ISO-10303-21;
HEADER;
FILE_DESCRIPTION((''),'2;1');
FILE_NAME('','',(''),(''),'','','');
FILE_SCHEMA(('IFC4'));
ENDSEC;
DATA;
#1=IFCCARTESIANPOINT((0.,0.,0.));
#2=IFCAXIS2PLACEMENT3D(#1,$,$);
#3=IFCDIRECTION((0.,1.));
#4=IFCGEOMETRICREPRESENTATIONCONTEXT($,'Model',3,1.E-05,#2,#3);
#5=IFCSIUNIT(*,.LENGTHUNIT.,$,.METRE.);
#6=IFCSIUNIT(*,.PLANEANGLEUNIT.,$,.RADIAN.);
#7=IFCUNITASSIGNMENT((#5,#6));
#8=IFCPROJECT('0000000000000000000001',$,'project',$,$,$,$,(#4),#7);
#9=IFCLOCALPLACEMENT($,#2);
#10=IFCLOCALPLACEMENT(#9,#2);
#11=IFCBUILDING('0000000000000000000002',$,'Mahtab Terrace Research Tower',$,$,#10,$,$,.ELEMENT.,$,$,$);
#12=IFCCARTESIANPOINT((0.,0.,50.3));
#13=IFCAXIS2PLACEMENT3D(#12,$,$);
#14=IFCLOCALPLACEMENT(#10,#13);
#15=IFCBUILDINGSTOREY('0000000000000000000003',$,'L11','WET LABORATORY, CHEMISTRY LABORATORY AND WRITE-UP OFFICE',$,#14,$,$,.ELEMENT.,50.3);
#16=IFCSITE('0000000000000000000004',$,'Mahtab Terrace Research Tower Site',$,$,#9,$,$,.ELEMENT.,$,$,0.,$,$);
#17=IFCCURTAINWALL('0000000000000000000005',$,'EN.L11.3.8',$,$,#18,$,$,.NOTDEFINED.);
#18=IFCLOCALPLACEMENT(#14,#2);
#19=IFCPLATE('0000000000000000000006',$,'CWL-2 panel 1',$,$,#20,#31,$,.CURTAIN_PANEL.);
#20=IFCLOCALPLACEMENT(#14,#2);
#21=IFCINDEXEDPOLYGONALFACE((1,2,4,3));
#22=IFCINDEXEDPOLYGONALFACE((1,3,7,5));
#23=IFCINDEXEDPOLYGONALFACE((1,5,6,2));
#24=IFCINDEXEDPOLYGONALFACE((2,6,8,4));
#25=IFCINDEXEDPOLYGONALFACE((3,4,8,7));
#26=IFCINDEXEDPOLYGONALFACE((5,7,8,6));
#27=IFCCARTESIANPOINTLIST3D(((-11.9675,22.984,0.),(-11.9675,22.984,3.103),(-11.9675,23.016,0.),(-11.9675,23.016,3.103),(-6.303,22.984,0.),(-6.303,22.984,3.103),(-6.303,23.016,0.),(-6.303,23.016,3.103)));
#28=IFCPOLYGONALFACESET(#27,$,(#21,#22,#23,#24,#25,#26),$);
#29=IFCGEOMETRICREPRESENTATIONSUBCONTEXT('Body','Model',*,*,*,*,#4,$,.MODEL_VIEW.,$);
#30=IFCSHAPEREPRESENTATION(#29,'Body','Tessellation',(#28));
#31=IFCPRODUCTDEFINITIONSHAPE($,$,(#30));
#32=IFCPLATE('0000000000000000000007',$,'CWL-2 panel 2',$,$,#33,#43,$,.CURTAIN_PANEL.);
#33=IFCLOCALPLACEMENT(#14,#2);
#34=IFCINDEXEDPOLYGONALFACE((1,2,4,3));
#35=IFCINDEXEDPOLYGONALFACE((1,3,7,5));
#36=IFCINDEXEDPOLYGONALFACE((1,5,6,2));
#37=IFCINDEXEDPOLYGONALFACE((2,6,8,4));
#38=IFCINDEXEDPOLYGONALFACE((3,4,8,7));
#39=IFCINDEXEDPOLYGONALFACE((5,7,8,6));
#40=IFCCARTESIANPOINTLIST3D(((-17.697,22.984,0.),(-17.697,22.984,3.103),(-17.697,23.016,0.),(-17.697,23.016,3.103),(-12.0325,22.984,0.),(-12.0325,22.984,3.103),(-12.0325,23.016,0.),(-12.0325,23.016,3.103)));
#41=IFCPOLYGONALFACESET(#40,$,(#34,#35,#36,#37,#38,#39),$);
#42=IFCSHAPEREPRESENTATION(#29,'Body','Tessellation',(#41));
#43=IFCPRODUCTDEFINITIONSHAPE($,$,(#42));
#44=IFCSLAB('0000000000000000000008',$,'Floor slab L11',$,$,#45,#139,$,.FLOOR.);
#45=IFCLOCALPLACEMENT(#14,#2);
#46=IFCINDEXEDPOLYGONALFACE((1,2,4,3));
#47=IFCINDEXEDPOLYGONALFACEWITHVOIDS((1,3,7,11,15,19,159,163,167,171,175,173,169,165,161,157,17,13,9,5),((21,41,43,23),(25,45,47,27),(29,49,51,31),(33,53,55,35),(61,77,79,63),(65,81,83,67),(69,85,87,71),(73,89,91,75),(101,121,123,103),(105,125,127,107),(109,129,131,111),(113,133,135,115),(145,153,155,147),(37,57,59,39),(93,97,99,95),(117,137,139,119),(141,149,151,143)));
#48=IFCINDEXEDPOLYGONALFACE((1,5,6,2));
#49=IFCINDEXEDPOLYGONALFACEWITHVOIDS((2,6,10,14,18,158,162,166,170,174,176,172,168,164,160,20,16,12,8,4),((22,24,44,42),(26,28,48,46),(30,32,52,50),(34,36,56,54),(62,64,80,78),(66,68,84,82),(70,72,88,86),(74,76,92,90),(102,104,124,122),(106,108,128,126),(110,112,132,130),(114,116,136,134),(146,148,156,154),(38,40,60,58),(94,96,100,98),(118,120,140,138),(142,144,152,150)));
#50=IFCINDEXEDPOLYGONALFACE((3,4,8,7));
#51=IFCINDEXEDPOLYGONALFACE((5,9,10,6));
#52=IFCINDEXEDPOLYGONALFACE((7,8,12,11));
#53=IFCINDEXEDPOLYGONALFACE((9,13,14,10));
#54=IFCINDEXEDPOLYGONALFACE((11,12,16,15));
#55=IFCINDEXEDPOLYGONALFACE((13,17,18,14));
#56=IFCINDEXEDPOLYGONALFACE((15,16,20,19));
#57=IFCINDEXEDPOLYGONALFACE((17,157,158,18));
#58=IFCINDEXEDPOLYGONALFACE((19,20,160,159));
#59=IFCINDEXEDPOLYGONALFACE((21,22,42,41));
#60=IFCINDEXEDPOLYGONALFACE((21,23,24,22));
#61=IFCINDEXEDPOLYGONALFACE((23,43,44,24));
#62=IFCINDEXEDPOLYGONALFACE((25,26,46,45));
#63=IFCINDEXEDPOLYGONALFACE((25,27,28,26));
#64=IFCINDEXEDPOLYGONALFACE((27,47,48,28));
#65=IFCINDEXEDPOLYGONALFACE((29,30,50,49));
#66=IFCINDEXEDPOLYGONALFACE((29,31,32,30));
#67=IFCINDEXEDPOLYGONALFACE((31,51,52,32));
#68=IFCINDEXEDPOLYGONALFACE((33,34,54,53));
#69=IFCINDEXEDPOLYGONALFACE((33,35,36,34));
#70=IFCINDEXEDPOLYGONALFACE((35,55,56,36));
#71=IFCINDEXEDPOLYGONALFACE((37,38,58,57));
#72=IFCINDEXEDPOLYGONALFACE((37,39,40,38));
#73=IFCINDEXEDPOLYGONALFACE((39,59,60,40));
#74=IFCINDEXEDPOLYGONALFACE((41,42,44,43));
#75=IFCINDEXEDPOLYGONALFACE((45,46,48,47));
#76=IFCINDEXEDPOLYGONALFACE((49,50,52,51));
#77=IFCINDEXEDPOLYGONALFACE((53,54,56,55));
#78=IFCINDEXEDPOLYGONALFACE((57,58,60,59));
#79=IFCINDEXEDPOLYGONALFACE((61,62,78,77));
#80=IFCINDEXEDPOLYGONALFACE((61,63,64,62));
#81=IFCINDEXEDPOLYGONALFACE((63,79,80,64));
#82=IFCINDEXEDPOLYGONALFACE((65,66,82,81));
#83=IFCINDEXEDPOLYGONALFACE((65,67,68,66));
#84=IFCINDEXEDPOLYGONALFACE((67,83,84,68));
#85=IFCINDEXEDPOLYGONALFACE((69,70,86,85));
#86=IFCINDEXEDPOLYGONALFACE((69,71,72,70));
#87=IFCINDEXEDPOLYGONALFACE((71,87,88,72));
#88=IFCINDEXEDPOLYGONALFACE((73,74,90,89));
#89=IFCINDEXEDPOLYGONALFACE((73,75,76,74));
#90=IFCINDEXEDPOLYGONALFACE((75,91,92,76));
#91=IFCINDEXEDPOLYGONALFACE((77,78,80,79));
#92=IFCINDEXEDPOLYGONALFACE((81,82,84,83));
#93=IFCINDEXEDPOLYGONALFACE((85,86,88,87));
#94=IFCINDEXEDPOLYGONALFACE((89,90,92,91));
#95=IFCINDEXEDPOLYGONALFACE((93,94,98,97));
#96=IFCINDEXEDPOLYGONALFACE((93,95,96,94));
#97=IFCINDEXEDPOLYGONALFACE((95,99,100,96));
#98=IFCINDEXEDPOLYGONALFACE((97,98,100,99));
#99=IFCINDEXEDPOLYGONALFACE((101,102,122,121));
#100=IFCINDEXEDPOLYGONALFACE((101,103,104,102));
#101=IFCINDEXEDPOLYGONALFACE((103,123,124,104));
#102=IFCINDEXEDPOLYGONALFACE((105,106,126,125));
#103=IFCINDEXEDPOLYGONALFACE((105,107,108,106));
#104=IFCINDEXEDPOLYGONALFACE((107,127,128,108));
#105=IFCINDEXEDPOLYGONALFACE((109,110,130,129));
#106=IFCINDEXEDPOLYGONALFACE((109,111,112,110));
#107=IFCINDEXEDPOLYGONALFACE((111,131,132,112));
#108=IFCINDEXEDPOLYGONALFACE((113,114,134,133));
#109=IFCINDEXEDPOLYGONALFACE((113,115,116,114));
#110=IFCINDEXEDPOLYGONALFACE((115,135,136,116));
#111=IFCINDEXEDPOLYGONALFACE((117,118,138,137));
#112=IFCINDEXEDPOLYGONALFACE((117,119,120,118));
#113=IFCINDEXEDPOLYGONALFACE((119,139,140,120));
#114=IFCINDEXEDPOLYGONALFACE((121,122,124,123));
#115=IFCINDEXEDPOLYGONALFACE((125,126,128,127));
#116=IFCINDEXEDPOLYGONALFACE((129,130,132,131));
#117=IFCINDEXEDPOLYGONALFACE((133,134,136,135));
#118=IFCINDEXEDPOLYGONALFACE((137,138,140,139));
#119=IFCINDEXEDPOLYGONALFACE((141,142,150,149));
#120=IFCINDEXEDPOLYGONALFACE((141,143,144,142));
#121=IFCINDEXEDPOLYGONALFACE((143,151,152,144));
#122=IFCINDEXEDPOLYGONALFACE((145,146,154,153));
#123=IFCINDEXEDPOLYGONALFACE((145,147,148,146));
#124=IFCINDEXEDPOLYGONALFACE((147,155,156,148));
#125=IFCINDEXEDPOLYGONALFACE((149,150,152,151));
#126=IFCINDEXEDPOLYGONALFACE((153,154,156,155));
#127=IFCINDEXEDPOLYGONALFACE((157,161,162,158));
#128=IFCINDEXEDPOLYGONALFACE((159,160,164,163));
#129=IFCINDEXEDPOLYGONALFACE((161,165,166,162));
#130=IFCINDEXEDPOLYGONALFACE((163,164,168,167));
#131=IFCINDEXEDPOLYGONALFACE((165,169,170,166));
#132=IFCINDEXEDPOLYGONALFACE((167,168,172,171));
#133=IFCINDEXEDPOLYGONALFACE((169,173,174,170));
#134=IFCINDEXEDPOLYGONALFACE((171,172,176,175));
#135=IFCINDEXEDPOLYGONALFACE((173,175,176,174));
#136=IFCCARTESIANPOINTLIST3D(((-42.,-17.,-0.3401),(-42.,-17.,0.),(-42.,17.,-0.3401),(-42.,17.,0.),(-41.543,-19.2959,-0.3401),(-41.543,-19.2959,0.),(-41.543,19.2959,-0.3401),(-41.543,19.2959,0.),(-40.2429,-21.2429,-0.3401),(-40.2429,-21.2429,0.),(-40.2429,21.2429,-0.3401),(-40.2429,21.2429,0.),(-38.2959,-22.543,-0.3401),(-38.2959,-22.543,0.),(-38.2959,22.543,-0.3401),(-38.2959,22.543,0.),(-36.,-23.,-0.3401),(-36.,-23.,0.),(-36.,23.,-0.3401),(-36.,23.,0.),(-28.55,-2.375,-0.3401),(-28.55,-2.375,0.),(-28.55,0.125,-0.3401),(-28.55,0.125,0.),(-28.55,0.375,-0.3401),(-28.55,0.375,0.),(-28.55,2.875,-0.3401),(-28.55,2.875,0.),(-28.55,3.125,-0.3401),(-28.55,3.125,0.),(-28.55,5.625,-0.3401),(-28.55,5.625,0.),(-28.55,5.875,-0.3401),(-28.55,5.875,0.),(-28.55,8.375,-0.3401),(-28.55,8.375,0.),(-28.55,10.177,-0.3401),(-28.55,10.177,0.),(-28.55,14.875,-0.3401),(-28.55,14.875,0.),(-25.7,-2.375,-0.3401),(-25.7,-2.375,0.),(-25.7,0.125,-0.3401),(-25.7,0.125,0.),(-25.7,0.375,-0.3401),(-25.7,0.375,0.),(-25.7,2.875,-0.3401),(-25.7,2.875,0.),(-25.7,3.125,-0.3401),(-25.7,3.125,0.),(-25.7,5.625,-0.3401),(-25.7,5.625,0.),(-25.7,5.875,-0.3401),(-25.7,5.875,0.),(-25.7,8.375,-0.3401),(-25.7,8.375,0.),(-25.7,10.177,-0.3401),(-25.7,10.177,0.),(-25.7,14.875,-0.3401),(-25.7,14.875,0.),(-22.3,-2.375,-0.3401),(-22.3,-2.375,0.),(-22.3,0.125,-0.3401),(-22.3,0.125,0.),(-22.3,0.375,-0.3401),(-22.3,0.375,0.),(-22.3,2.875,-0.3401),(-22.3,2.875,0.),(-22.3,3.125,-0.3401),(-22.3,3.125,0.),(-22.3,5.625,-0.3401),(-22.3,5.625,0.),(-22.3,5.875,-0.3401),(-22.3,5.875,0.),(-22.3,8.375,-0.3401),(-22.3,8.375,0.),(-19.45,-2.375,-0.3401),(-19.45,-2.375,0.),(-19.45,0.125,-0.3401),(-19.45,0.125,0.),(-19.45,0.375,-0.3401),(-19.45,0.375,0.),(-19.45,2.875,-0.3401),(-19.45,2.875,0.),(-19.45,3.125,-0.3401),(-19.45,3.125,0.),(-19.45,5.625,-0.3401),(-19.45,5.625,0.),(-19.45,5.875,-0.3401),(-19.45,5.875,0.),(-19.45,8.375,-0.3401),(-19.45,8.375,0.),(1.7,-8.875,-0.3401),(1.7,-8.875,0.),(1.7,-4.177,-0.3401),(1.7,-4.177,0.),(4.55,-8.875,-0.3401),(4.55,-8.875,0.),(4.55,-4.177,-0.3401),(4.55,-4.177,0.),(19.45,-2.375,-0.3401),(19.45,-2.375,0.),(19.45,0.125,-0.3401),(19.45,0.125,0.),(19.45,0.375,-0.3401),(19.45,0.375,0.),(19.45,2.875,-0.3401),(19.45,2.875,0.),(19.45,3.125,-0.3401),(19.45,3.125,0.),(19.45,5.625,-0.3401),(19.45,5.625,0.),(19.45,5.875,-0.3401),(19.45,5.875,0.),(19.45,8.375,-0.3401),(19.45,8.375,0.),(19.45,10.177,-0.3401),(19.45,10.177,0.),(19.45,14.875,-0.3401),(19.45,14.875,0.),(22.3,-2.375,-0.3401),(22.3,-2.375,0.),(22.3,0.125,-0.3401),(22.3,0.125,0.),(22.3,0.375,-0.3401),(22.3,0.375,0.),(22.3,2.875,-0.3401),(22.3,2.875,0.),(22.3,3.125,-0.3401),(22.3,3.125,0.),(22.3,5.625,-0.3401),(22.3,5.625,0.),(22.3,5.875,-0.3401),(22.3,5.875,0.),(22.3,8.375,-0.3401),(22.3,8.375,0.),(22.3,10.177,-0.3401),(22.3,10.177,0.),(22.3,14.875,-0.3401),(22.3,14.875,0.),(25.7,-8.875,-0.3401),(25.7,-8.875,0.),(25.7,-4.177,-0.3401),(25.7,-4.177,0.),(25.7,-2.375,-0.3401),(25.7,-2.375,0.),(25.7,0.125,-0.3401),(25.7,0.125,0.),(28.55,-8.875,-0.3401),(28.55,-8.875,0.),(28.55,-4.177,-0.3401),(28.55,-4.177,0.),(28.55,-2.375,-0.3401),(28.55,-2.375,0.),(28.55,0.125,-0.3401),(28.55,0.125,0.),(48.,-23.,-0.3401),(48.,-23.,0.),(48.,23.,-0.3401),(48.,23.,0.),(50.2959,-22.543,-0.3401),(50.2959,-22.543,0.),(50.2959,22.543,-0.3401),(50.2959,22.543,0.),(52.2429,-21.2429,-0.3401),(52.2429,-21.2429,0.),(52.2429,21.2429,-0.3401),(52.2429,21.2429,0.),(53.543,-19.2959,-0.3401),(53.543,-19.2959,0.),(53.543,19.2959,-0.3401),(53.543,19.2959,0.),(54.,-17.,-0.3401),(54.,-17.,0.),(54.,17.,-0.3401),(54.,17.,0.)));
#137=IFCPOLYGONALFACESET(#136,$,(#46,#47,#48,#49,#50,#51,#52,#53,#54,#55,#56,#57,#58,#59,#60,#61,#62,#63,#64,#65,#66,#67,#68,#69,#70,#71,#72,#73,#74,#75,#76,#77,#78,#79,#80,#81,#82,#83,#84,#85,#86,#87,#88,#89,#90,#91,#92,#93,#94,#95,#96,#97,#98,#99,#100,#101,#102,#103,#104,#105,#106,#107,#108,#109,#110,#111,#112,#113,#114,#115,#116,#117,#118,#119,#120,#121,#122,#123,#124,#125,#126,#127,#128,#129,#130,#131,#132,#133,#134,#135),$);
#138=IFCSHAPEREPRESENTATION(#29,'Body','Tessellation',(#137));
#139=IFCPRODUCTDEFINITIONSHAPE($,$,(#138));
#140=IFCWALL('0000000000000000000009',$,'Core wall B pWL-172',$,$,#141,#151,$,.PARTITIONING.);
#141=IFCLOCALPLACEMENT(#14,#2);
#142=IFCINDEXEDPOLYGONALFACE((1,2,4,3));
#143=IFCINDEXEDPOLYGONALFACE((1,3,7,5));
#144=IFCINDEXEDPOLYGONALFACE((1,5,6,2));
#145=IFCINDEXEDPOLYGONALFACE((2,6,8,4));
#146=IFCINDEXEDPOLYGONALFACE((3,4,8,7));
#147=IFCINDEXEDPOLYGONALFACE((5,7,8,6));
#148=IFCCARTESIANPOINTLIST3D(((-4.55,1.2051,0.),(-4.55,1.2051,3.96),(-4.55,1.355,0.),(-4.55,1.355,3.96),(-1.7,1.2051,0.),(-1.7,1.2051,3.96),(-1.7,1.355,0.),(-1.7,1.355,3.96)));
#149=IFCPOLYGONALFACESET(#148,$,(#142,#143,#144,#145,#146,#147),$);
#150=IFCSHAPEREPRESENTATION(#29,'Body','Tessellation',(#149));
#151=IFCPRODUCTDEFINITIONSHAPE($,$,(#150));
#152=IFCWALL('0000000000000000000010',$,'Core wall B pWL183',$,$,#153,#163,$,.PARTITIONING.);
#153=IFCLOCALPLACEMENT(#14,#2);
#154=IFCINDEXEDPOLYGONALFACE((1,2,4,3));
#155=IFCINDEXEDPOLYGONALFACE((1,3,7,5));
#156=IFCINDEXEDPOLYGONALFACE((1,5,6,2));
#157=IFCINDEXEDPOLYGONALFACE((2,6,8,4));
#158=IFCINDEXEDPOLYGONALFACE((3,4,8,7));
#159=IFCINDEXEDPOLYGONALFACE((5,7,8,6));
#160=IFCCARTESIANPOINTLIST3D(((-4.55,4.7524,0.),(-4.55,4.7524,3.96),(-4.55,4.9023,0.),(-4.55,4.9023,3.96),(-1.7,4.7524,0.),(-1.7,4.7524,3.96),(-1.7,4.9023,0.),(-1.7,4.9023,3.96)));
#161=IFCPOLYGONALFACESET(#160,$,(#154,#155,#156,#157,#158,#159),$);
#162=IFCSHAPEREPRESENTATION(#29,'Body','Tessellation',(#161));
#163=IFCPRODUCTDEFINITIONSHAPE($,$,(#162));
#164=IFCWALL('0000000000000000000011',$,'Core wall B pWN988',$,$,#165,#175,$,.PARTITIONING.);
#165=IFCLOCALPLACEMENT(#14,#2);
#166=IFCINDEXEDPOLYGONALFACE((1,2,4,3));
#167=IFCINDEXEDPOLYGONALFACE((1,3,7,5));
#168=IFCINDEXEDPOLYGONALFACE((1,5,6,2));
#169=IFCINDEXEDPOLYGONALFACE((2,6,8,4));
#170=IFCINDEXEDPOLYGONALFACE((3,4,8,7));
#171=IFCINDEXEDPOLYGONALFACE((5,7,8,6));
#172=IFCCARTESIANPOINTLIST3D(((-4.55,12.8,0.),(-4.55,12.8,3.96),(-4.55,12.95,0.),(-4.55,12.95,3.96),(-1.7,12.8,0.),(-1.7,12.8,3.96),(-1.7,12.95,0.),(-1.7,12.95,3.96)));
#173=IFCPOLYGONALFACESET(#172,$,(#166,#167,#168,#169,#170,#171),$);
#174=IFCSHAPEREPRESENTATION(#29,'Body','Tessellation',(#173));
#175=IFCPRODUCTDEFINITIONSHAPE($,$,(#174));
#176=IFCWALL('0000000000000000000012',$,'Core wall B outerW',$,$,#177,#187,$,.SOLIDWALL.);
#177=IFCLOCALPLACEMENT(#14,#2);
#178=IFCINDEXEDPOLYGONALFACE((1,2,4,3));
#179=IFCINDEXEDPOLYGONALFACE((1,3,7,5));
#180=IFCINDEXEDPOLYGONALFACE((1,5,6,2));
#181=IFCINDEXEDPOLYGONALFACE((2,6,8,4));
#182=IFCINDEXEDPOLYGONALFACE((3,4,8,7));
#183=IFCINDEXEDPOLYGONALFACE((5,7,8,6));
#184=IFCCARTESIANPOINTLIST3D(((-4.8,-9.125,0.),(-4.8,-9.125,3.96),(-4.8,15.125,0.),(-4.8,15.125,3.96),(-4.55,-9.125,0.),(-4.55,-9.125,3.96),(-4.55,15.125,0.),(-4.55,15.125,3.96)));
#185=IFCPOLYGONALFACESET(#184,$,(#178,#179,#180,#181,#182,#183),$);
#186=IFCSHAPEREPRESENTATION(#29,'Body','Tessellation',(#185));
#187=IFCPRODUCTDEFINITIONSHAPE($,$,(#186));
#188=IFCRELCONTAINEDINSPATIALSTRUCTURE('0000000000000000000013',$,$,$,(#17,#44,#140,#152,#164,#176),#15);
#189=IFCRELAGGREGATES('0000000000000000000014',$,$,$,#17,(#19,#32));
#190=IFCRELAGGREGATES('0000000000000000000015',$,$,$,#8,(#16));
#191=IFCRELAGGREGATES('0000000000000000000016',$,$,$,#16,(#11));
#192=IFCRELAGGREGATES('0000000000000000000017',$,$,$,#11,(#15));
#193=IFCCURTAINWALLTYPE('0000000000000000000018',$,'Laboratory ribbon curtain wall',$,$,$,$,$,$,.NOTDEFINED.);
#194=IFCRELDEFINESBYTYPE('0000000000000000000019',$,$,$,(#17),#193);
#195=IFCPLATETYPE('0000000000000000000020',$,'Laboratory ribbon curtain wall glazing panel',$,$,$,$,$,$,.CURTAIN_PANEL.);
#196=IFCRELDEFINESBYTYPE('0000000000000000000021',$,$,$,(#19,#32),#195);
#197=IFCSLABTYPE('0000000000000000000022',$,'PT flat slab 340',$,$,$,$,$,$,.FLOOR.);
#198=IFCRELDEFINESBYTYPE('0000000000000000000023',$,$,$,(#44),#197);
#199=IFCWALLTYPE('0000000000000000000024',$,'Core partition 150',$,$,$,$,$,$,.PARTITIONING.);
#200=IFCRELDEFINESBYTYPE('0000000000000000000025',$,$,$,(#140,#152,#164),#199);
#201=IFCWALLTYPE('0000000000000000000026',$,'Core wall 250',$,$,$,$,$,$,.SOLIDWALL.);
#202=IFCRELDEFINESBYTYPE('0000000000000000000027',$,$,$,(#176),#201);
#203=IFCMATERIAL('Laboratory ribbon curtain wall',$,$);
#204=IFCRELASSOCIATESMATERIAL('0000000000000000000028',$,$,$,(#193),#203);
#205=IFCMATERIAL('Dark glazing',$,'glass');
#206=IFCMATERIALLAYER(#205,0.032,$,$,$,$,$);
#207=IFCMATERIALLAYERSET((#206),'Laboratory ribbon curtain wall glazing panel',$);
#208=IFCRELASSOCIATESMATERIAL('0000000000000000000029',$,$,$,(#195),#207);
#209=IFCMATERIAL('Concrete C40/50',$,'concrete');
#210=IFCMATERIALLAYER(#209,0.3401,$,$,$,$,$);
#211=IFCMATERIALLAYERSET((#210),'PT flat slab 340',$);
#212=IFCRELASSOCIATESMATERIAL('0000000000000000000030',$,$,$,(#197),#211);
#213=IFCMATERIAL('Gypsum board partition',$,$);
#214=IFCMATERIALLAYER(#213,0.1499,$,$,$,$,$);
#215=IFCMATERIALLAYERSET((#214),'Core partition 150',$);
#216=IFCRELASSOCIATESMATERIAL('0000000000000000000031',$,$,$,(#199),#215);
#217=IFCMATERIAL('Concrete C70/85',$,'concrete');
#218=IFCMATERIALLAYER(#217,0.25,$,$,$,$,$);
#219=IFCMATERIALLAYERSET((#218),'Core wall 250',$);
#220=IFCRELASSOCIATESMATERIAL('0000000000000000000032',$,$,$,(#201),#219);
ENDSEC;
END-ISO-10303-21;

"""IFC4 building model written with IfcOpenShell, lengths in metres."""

from ifc_helpers import new_model, si_unit, direction, frame, frame_2d, origin, origin_2d, place, context, subcontext, project, spatial, polyline, rectangle, outline, extrude, material, layer, layer_set, type_object, element, aggregate, save


model = new_model("IFC4")

# Units and contexts
model_context = context("Model", 3, precision=1e-05, world=origin(), true_north=direction((0.0, 1.0)))
body_context = subcontext(model_context, "Body", "Model", "MODEL_VIEW")
ifc_project = project(units=[si_unit("LENGTHUNIT", "METRE"), si_unit("PLANEANGLEUNIT", "RADIAN")], contexts=[model_context])

# Site, building, storey
site_placement = place(None, origin())
site = spatial("IfcSite", under=ifc_project, at=site_placement, Name="Mahtab Terrace Research Tower Site", CompositionType="ELEMENT", RefElevation=0.0)
building_placement = place(site_placement, origin())
building = spatial("IfcBuilding", under=site, at=building_placement, Name="Mahtab Terrace Research Tower", CompositionType="ELEMENT")
storey_placement = place(building_placement, frame((0.0, 0.0, 50.3)))
storey = spatial("IfcBuildingStorey", under=building, at=storey_placement, Name="L11", Description="WET LABORATORY, CHEMISTRY LABORATORY AND WRITE-UP OFFICE", CompositionType="ELEMENT", Elevation=50.3)

# Shared definitions
ifc_material_1 = material(Name="Concrete C70/85", Category="concrete")

# Curtain wall
ifc_material_2 = material(Name="Laboratory ribbon curtain wall")
curtain_wall_type = type_object("IfcCurtainWallType", Name="Laboratory ribbon curtain wall", PredefinedType="NOTDEFINED", material=ifc_material_2)
curtain_wall_placement = place(storey_placement, origin())
curtain_wall = element("IfcCurtainWall", 1, at=curtain_wall_placement, inside=storey, type_object=curtain_wall_type, Name="EN.L11.3.8", PredefinedType="NOTDEFINED")

# Plates
ifc_material_3 = material(Name="Dark glazing", Category="glass")
ifc_layer_1 = layer(ifc_material_3, 0.032)
ifc_layer_set_1 = layer_set([ifc_layer_1], Name="Laboratory ribbon curtain wall glazing panel")
plate_type = type_object("IfcPlateType", Name="Laboratory ribbon curtain wall glazing panel", PredefinedType="CURTAIN_PANEL", material=ifc_layer_set_1)
plate_1_placement = place(storey_placement, frame((-9.1353, 23.0, 0.0), z_axis=(0.0, 0.0, 1.0), x_axis=(-1.0, 0.0, 0.0)))
plate_1 = element("IfcPlate", 2, at=plate_1_placement, type_object=plate_type, Name="CWL-2 panel 1", PredefinedType="CURTAIN_PANEL", context=body_context, shape_type="SweptSolid", body=[
    extrude(rectangle(XDim=5.6646, YDim=0.032, at=origin_2d()), origin(), (0.0, 0.0, 1.0), 3.103),
])
plate_2_placement = place(storey_placement, frame((-14.8647, 23.0, 0.0), z_axis=(0.0, 0.0, 1.0), x_axis=(-1.0, 0.0, 0.0)))
plate_2 = element("IfcPlate", 3, at=plate_2_placement, type_object=plate_type, Name="CWL-2 panel 2", PredefinedType="CURTAIN_PANEL", context=body_context, shape_type="SweptSolid", body=[
    extrude(rectangle(XDim=5.6646, YDim=0.032, at=origin_2d()), origin(), (0.0, 0.0, 1.0), 3.103),
])
aggregate(curtain_wall, [plate_1, plate_2])

# Slab
ifc_material_4 = material(Name="Concrete C40/50", Category="concrete")
ifc_layer_2 = layer(ifc_material_4, 0.3401)
ifc_layer_set_2 = layer_set([ifc_layer_2], Name="PT flat slab 340")
slab_type = type_object("IfcSlabType", Name="PT flat slab 340", PredefinedType="FLOOR", material=ifc_layer_set_2)
slab_placement = place(storey_placement, frame((0.0, 0.0, -0.3401)))
element("IfcSlab", 4, at=slab_placement, inside=storey, type_object=slab_type, Name="Floor slab L11", PredefinedType="FLOOR", context=body_context, shape_type="SweptSolid", body=[
    extrude(outline(polyline([(53.543, 19.2959), (52.2429, 21.2429), (50.2959, 22.543), (48.0, 23.0), (-36.0, 23.0), (-38.2959, 22.543), (-40.2429, 21.2429), (-41.543, 19.2959), (-42.0, 17.0), (-42.0, -17.0), (-41.543, -19.2959), (-40.2429, -21.2429), (-38.2959, -22.543), (-36.0, -23.0), (48.0, -23.0), (50.2959, -22.543), (52.2429, -21.2429), (53.543, -19.2959), (54.0, -17.0), (54.0, 17.0), (53.543, 19.2959)]), holes=[polyline([(-28.55, -2.375), (-28.55, 0.125), (-25.7, 0.125), (-25.7, -2.375), (-28.55, -2.375)]), polyline([(-22.3, -2.375), (-22.3, 0.125), (-19.45, 0.125), (-19.45, -2.375), (-22.3, -2.375)]), polyline([(-28.55, 0.375), (-28.55, 2.875), (-25.7, 2.875), (-25.7, 0.375), (-28.55, 0.375)]), polyline([(-22.3, 0.375), (-22.3, 2.875), (-19.45, 2.875), (-19.45, 0.375), (-22.3, 0.375)]), polyline([(-28.55, 3.125), (-28.55, 5.625), (-25.7, 5.625), (-25.7, 3.125), (-28.55, 3.125)]), polyline([(-22.3, 3.125), (-22.3, 5.625), (-19.45, 5.625), (-19.45, 3.125), (-22.3, 3.125)]), polyline([(-28.55, 5.875), (-28.55, 8.375), (-25.7, 8.375), (-25.7, 5.875), (-28.55, 5.875)]), polyline([(-22.3, 5.875), (-22.3, 8.375), (-19.45, 8.375), (-19.45, 5.875), (-22.3, 5.875)]), polyline([(-28.55, 10.177), (-28.55, 14.875), (-25.7, 14.875), (-25.7, 10.177), (-28.55, 10.177)]), polyline([(1.7, -8.875), (1.7, -4.177), (4.55, -4.177), (4.55, -8.875), (1.7, -8.875)]), polyline([(25.7, -8.875), (25.7, -4.177), (28.55, -4.177), (28.55, -8.875), (25.7, -8.875)]), polyline([(19.45, -2.375), (19.45, 0.125), (22.3, 0.125), (22.3, -2.375), (19.45, -2.375)]), polyline([(25.7, -2.375), (25.7, 0.125), (28.55, 0.125), (28.55, -2.375), (25.7, -2.375)]), polyline([(19.45, 0.375), (19.45, 2.875), (22.3, 2.875), (22.3, 0.375), (19.45, 0.375)]), polyline([(19.45, 3.125), (19.45, 5.625), (22.3, 5.625), (22.3, 3.125), (19.45, 3.125)]), polyline([(19.45, 8.375), (22.3, 8.375), (22.3, 5.875), (19.45, 5.875), (19.45, 8.375)]), polyline([(19.45, 14.875), (22.3, 14.875), (22.3, 10.177), (19.45, 10.177), (19.45, 14.875)])]), origin(), (0.0, 0.0, 1.0), 0.3401),
])

# Walls
ifc_material_5 = material(Name="Gypsum board partition")
ifc_layer_3 = layer(ifc_material_5, 0.1499)
ifc_layer_set_3 = layer_set([ifc_layer_3], Name="Core partition 150")
wall_type_1 = type_object("IfcWallType", Name="Core partition 150", PredefinedType="PARTITIONING", material=ifc_layer_set_3)
for number, where, z_axis, x_axis, name in (
    (5, (-4.55, 1.28, 0.0), (0.0, 0.0, 1.0), (1.0, 0.0, 0.0), "Core wall B pWL-172"),
    (6, (-4.55, 4.8274, 0.0), (0.0, 0.0, 1.0), (1.0, 0.0, 0.0), "Core wall B pWL183"),
    (7, (-4.55, 12.875, 0.0), (0.0, 0.0, 1.0), (1.0, 0.0, 0.0), "Core wall B pWN988"),
):
    element("IfcWall", number, at=place(storey_placement, frame(where, z_axis=z_axis, x_axis=x_axis)), inside=storey, type_object=wall_type_1, Name=name, PredefinedType="PARTITIONING", context=body_context, shape_type="SweptSolid", body=[
        extrude(rectangle(XDim=2.8501, YDim=0.1499, at=frame_2d((1.425, 0.0))), origin(), (0.0, 0.0, 1.0), 3.96),
    ])
ifc_layer_4 = layer(ifc_material_1, 0.25)
ifc_layer_set_4 = layer_set([ifc_layer_4], Name="Core wall 250")
wall_type_2 = type_object("IfcWallType", Name="Core wall 250", PredefinedType="SOLIDWALL", material=ifc_layer_set_4)
wall_1_placement = place(storey_placement, frame((-4.675, 15.125, 0.0), z_axis=(0.0, 0.0, 1.0), x_axis=(0.0, -1.0, 0.0)))
element("IfcWall", 8, at=wall_1_placement, inside=storey, type_object=wall_type_2, Name="Core wall B outerW", PredefinedType="SOLIDWALL", context=body_context, shape_type="SweptSolid", body=[
    extrude(rectangle(XDim=24.25, YDim=0.25, at=frame_2d((12.125, 0.0))), origin(), (0.0, 0.0, 1.0), 3.96),
])

save(model, "model.ifc")
